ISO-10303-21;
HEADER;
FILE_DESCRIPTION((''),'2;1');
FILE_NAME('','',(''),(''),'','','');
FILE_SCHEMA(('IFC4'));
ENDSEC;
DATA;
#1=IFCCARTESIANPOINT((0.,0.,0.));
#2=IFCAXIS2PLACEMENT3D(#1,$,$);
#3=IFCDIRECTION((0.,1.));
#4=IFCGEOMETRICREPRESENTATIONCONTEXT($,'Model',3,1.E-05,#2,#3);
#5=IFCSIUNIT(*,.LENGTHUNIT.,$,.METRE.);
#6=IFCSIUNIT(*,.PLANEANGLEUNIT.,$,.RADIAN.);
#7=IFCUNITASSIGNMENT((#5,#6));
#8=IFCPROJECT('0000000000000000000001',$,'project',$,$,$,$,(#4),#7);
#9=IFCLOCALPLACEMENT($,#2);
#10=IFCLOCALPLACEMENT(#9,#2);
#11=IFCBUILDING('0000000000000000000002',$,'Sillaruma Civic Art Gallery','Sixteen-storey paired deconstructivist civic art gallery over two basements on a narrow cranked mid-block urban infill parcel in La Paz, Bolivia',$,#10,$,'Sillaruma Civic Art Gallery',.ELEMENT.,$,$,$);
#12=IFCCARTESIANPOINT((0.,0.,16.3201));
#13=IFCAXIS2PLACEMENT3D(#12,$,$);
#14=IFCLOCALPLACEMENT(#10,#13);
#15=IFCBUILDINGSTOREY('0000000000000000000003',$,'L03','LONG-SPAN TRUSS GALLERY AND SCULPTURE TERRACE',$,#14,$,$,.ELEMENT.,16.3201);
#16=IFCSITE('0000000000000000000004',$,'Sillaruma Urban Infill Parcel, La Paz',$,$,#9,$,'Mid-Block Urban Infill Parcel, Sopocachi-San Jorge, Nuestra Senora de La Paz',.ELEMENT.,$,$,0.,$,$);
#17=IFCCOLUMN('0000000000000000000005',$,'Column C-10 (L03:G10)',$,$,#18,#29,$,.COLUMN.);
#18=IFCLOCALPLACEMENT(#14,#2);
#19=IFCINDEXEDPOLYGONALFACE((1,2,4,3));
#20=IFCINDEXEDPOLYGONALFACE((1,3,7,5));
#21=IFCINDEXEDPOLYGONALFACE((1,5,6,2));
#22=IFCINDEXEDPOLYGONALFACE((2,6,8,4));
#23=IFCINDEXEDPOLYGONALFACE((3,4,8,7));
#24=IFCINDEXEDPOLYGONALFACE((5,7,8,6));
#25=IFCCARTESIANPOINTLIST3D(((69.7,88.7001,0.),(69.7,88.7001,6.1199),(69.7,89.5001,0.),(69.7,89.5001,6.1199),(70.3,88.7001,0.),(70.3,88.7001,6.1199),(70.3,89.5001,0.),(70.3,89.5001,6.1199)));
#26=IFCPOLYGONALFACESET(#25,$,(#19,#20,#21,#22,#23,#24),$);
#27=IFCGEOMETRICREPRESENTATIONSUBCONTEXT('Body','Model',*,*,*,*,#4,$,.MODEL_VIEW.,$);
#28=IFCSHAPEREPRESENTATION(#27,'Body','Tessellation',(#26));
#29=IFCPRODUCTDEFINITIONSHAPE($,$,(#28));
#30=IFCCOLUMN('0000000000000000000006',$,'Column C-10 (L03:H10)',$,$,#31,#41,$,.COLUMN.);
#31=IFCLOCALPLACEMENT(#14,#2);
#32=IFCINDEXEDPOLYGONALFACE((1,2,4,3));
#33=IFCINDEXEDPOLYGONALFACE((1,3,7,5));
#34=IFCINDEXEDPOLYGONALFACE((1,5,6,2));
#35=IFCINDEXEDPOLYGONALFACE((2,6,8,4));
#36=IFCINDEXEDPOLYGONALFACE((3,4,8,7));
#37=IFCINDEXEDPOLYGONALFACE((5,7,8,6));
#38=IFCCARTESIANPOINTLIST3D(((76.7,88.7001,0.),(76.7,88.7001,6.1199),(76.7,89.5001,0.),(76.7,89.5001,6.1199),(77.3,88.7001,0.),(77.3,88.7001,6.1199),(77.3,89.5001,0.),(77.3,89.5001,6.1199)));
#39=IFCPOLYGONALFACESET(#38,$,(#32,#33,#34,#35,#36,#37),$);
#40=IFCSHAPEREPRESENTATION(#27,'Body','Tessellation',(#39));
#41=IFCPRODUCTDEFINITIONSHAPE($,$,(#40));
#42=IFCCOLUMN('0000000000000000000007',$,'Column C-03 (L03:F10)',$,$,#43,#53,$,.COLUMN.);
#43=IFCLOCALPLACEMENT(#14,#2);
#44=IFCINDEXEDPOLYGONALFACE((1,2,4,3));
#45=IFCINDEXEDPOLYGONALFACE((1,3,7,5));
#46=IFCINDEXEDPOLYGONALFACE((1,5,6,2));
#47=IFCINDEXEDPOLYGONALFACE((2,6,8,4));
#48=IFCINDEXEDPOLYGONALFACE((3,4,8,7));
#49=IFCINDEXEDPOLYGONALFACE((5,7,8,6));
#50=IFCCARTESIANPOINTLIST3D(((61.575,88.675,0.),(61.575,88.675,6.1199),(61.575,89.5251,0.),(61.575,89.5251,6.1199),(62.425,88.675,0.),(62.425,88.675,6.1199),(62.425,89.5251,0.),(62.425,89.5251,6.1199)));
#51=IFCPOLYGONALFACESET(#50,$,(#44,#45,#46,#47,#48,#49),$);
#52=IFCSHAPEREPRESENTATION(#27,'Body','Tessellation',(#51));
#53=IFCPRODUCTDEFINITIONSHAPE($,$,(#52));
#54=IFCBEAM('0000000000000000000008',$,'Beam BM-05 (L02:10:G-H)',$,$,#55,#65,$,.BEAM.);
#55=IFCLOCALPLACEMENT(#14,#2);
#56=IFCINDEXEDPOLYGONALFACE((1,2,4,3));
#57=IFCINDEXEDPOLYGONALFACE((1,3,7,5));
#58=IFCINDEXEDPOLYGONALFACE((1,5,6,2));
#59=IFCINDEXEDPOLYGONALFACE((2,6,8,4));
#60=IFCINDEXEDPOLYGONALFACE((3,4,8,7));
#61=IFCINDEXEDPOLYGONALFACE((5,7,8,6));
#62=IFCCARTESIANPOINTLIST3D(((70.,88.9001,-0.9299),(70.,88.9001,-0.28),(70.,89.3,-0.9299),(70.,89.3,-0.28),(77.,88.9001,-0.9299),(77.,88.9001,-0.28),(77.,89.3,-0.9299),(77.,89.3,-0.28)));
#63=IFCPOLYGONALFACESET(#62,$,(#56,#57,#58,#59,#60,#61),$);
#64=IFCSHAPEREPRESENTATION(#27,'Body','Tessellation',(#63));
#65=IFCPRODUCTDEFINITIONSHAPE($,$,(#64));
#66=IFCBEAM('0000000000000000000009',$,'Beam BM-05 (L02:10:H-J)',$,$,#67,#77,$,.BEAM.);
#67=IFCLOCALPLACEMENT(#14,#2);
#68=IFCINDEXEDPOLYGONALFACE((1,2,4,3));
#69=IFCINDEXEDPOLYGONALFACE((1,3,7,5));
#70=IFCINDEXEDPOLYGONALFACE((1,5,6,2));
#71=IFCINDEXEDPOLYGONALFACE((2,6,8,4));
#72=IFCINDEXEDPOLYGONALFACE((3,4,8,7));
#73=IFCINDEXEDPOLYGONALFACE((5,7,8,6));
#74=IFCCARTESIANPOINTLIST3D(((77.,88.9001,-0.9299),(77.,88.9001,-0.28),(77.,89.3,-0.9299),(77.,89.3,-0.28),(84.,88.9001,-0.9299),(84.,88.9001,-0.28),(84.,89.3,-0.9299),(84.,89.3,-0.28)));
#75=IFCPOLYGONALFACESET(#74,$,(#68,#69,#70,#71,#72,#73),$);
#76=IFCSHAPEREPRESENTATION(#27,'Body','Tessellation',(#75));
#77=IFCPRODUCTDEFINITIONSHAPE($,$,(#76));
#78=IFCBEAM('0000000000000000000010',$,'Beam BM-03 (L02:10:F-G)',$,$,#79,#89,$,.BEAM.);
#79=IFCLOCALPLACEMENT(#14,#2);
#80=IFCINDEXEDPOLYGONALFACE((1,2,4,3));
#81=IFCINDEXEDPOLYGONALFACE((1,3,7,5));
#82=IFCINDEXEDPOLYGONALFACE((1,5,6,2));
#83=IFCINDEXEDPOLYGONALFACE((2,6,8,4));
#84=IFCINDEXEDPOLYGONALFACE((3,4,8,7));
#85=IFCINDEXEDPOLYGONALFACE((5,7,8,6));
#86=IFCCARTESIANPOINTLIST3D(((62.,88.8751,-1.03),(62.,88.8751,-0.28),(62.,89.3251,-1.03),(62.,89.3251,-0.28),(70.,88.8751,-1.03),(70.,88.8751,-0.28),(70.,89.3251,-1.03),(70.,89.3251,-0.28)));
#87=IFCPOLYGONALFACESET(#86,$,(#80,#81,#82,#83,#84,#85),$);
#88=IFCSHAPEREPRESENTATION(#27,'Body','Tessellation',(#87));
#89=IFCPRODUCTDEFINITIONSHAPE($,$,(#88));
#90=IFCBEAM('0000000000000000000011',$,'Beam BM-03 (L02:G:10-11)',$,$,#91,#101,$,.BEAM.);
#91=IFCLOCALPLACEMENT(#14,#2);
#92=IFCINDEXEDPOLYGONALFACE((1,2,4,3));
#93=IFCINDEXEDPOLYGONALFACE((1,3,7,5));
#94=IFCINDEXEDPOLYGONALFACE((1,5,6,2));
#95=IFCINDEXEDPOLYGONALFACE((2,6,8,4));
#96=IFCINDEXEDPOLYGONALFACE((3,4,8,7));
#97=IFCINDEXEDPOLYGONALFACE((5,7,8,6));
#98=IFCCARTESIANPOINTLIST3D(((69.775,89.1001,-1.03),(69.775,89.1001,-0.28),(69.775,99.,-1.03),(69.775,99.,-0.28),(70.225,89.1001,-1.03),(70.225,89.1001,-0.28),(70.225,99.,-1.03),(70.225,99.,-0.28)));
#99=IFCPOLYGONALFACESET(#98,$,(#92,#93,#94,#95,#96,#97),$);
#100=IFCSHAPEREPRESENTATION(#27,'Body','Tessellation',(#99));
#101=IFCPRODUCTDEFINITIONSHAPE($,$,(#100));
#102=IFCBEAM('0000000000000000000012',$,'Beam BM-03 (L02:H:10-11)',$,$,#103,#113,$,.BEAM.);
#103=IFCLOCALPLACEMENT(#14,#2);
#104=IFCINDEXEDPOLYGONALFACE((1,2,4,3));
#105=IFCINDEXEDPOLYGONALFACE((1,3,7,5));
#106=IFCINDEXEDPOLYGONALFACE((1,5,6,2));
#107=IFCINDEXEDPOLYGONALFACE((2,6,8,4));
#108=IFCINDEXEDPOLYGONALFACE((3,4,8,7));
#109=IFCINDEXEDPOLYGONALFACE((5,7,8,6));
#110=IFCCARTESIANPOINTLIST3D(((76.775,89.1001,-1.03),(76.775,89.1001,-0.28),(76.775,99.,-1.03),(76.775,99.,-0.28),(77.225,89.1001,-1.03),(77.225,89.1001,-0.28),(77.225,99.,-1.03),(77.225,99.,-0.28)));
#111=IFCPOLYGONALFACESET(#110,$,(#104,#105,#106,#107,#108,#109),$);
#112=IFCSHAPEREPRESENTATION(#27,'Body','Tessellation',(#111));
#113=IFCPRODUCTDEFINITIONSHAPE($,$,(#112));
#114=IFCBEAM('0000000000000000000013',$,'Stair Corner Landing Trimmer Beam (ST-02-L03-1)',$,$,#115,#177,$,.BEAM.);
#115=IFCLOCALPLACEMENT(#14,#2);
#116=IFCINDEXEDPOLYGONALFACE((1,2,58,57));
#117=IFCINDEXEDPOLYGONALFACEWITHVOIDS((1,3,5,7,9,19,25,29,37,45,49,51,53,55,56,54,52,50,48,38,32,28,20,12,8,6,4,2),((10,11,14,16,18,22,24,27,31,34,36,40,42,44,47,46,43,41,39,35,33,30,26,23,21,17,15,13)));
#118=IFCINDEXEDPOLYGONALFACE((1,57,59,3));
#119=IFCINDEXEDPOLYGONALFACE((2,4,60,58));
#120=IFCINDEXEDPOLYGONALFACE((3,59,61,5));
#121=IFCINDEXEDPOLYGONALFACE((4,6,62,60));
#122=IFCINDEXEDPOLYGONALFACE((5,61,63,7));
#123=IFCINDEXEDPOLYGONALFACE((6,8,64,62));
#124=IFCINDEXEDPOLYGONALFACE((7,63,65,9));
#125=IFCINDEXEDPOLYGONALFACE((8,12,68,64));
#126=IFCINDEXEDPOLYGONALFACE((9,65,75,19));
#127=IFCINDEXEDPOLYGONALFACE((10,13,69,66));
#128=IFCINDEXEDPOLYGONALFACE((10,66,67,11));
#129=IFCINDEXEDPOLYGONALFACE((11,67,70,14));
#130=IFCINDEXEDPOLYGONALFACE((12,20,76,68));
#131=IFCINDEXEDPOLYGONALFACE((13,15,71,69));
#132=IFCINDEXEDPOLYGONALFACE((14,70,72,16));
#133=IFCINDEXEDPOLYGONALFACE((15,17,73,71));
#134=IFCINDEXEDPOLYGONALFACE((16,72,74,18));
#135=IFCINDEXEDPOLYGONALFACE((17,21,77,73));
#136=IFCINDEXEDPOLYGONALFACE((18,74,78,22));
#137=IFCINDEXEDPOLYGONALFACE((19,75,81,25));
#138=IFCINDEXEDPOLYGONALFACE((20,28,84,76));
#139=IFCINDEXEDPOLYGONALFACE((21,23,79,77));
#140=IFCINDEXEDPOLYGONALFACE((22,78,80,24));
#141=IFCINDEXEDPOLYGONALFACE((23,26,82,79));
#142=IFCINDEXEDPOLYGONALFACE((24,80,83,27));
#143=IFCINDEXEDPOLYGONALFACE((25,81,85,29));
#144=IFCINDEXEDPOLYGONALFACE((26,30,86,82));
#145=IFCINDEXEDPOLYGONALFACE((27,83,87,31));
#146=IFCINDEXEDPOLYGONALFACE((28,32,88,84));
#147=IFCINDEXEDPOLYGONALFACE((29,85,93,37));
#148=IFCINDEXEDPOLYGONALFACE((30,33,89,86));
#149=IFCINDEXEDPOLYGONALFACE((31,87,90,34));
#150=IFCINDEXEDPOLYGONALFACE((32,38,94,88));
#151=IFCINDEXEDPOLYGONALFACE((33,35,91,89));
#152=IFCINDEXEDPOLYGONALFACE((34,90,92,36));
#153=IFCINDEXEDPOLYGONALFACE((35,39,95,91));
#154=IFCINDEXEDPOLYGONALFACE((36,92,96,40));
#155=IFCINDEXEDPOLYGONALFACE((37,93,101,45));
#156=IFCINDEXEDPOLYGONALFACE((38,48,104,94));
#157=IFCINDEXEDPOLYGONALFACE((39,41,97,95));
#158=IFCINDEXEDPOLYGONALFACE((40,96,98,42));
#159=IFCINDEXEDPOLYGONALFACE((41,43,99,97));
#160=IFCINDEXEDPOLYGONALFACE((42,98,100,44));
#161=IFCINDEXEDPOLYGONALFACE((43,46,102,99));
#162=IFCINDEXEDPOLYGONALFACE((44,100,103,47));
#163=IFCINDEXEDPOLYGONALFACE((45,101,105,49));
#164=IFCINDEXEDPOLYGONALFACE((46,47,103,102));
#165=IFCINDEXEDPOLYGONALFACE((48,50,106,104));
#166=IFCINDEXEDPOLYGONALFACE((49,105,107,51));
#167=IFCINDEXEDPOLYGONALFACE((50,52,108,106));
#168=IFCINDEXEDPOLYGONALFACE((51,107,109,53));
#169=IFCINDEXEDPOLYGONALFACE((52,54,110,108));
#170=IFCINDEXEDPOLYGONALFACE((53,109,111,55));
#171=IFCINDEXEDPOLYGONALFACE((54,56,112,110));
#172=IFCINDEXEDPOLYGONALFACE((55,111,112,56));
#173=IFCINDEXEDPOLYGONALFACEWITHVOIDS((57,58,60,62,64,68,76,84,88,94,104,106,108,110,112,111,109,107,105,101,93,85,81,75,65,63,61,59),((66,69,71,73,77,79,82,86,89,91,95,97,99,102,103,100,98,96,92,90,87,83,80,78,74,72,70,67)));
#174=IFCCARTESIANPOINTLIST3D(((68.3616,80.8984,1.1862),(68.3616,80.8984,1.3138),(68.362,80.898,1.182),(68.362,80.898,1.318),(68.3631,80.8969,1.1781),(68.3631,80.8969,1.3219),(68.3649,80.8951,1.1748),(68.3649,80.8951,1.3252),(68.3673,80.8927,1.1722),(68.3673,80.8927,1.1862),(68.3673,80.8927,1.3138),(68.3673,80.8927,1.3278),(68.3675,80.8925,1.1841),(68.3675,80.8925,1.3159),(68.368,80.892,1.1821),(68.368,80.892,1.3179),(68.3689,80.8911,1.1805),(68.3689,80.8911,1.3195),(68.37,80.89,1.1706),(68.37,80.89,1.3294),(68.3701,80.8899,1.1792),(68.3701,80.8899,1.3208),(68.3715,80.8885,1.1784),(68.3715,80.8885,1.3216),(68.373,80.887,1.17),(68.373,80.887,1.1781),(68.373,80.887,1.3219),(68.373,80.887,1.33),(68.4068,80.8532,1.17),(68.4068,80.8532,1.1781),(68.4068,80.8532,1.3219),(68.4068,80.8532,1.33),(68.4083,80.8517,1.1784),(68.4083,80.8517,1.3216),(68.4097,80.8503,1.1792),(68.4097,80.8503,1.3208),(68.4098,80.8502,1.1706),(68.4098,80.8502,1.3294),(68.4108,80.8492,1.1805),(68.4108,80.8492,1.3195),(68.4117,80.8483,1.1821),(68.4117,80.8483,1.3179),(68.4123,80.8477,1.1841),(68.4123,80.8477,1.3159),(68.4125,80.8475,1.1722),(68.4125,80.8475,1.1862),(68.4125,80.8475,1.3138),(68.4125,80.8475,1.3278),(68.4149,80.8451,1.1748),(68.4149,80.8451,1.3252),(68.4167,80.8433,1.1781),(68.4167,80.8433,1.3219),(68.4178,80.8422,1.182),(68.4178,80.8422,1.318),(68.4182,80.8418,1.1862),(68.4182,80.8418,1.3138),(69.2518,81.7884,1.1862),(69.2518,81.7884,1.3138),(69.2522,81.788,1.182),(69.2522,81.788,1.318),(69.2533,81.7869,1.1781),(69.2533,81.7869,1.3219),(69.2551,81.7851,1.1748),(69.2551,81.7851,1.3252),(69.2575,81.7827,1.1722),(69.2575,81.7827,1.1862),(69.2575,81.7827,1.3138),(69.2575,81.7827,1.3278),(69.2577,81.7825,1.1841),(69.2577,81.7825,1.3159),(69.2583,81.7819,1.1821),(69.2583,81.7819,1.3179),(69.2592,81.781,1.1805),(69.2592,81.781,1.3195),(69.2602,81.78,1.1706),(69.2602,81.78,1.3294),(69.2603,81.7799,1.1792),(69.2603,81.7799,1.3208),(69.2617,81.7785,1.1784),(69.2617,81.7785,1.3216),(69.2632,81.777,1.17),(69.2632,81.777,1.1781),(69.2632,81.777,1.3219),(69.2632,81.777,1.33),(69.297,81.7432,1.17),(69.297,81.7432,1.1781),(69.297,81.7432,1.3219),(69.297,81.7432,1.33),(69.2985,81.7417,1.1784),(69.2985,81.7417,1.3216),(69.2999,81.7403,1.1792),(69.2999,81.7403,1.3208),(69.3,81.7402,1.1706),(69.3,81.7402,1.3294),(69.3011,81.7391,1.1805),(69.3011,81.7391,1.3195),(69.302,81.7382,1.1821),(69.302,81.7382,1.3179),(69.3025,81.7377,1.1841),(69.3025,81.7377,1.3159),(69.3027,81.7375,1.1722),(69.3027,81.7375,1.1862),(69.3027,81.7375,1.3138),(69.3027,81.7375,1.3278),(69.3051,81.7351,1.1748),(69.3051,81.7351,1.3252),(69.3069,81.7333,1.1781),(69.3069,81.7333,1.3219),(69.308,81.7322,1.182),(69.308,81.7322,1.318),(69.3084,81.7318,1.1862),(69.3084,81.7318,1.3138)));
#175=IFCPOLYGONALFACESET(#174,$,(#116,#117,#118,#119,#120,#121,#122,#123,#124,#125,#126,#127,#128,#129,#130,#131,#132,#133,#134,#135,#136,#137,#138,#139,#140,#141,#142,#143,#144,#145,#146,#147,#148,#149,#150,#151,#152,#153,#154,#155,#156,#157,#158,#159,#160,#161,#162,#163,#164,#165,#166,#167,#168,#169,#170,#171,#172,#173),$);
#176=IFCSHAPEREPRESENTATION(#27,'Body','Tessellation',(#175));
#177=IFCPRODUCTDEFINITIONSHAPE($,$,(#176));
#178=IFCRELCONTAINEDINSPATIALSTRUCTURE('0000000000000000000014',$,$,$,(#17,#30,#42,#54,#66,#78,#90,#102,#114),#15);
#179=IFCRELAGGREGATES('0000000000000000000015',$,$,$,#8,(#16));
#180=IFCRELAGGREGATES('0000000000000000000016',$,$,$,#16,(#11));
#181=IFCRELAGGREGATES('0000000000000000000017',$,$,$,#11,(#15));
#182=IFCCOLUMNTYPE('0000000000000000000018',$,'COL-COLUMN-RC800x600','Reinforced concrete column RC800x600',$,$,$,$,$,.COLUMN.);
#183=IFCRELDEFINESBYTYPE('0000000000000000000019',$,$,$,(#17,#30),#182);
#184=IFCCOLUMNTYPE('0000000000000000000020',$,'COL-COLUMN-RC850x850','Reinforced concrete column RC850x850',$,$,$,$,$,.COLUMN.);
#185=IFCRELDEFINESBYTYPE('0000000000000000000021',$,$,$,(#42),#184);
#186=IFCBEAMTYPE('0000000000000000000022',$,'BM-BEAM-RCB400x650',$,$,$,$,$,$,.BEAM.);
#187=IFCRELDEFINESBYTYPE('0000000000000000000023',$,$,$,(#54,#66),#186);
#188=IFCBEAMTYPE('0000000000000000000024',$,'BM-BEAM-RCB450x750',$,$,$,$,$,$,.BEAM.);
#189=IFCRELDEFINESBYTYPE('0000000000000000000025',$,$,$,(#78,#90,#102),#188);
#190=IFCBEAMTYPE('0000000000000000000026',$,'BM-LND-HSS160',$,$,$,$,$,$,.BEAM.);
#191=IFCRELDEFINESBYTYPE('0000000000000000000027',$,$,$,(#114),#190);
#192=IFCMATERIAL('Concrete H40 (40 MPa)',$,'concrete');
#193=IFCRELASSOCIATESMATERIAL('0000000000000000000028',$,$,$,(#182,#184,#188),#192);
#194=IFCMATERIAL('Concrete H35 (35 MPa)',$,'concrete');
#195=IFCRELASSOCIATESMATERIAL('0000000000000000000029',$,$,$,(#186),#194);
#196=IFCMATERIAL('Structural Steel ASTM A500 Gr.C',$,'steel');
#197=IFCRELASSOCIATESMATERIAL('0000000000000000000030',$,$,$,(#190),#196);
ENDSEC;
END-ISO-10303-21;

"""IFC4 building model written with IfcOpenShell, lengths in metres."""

from ifc_helpers import new_model, si_unit, direction, frame, origin, origin_2d, place, context, subcontext, project, spatial, rectangle, hollow_rectangle, extrude, material, material_profile, profile_set, type_object, element, save


model = new_model("IFC4")

# Units and contexts
model_context = context("Model", 3, precision=1e-05, world=origin(), true_north=direction((0.0, 1.0)))
body_context = subcontext(model_context, "Body", "Model", "MODEL_VIEW")
ifc_project = project(units=[si_unit("LENGTHUNIT", "METRE"), si_unit("PLANEANGLEUNIT", "RADIAN")], contexts=[model_context])

# Site, building, storey
site_placement = place(None, origin())
site = spatial("IfcSite", under=ifc_project, at=site_placement, Name="Sillaruma Urban Infill Parcel, La Paz", LongName="Mid-Block Urban Infill Parcel, Sopocachi-San Jorge, Nuestra Senora de La Paz", CompositionType="ELEMENT", RefElevation=0.0)
building_placement = place(site_placement, origin())
building = spatial("IfcBuilding", under=site, at=building_placement, Name="Sillaruma Civic Art Gallery", Description="Sixteen-storey paired deconstructivist civic art gallery over two basements on a narrow cranked mid-block urban infill parcel in La Paz, Bolivia", LongName="Sillaruma Civic Art Gallery", CompositionType="ELEMENT")
storey_placement = place(building_placement, frame((0.0, 0.0, 16.3201)))
storey = spatial("IfcBuildingStorey", under=building, at=storey_placement, Name="L03", Description="LONG-SPAN TRUSS GALLERY AND SCULPTURE TERRACE", CompositionType="ELEMENT", Elevation=16.3201)

# Columns
ifc_material_1 = material(Name="Concrete H40 (40 MPa)", Category="concrete")
ifc_material_profile_1 = material_profile(ifc_material_1, rectangle(XDim=0.6001, YDim=0.8, at=origin_2d()), Name="RC800x600")
ifc_profile_set_1 = profile_set([ifc_material_profile_1], Name="Concrete H40 (40 MPa)")
column_type_1 = type_object("IfcColumnType", Name="COL-COLUMN-RC800x600", Description="Reinforced concrete column RC800x600", PredefinedType="COLUMN", material=ifc_profile_set_1)
for number, where, z_axis, x_axis, name in (
    (1, (70.0, 89.1001, 0.0), (0.0, 0.0, 1.0), (1.0, 0.0, 0.0), "Column C-10 (L03:G10)"),
    (2, (77.0, 89.1001, 0.0), (0.0, 0.0, 1.0), (1.0, 0.0, 0.0), "Column C-10 (L03:H10)"),
):
    element("IfcColumn", number, at=place(storey_placement, frame(where, z_axis=z_axis, x_axis=x_axis)), inside=storey, type_object=column_type_1, Name=name, PredefinedType="COLUMN", context=body_context, shape_type="SweptSolid", body=[
        extrude(rectangle(XDim=0.6001, YDim=0.8, at=origin_2d()), origin(), (0.0, 0.0, 1.0), 6.1199),
    ])
ifc_material_profile_2 = material_profile(ifc_material_1, rectangle(XDim=0.8501, YDim=0.8501, at=origin_2d()), Name="RC850x850")
ifc_profile_set_2 = profile_set([ifc_material_profile_2], Name="Concrete H40 (40 MPa)")
column_type_2 = type_object("IfcColumnType", Name="COL-COLUMN-RC850x850", Description="Reinforced concrete column RC850x850", PredefinedType="COLUMN", material=ifc_profile_set_2)
column_placement = place(storey_placement, frame((62.0, 89.1001, 0.0), z_axis=(0.0, 0.0, 1.0), x_axis=(1.0, 0.0, 0.0)))
element("IfcColumn", 3, at=column_placement, inside=storey, type_object=column_type_2, Name="Column C-03 (L03:F10)", PredefinedType="COLUMN", context=body_context, shape_type="SweptSolid", body=[
    extrude(rectangle(XDim=0.8501, YDim=0.8501, at=origin_2d()), origin(), (0.0, 0.0, 1.0), 6.1199),
])

# Beams
ifc_material_2 = material(Name="Concrete H35 (35 MPa)", Category="concrete")
ifc_material_profile_3 = material_profile(ifc_material_2, rectangle(XDim=0.3999, YDim=0.6499, at=origin_2d()), Name="RCB400x650")
ifc_profile_set_3 = profile_set([ifc_material_profile_3], Name="Concrete H35 (35 MPa)")
beam_type_1 = type_object("IfcBeamType", Name="BM-BEAM-RCB400x650", PredefinedType="BEAM", material=ifc_profile_set_3)
for number, where, z_axis, x_axis, name in (
    (4, (70.0, 89.1001, -0.605), (1.0, 0.0, 0.0), (0.0, 1.0, 0.0), "Beam BM-05 (L02:10:G-H)"),
    (5, (77.0, 89.1001, -0.605), (1.0, 0.0, 0.0), (0.0, 1.0, 0.0), "Beam BM-05 (L02:10:H-J)"),
):
    element("IfcBeam", number, at=place(storey_placement, frame(where, z_axis=z_axis, x_axis=x_axis)), inside=storey, type_object=beam_type_1, Name=name, PredefinedType="BEAM", context=body_context, shape_type="SweptSolid", body=[
        extrude(rectangle(XDim=0.3999, YDim=0.6499, at=origin_2d()), origin(), (0.0, 0.0, 1.0), 7.0),
    ])
ifc_material_profile_4 = material_profile(ifc_material_1, rectangle(XDim=0.45, YDim=0.75, at=origin_2d()), Name="RCB450x750")
ifc_profile_set_4 = profile_set([ifc_material_profile_4], Name="Concrete H40 (40 MPa)")
beam_type_2 = type_object("IfcBeamType", Name="BM-BEAM-RCB450x750", PredefinedType="BEAM", material=ifc_profile_set_4)
beam_1_placement = place(storey_placement, frame((62.0, 89.1001, -0.655), z_axis=(1.0, 0.0, 0.0), x_axis=(0.0, 1.0, 0.0)))
element("IfcBeam", 6, at=beam_1_placement, inside=storey, type_object=beam_type_2, Name="Beam BM-03 (L02:10:F-G)", PredefinedType="BEAM", context=body_context, shape_type="SweptSolid", body=[
    extrude(rectangle(XDim=0.45, YDim=0.75, at=origin_2d()), origin(), (0.0, 0.0, 1.0), 8.0),
])
for number, where, z_axis, x_axis, name in (
    (7, (70.0, 89.1001, -0.655), (0.0, 1.0, 0.0), (-1.0, 0.0, 0.0), "Beam BM-03 (L02:G:10-11)"),
    (8, (77.0, 89.1001, -0.655), (0.0, 1.0, 0.0), (-1.0, 0.0, 0.0), "Beam BM-03 (L02:H:10-11)"),
):
    element("IfcBeam", number, at=place(storey_placement, frame(where, z_axis=z_axis, x_axis=x_axis)), inside=storey, type_object=beam_type_2, Name=name, PredefinedType="BEAM", context=body_context, shape_type="SweptSolid", body=[
        extrude(rectangle(XDim=0.45, YDim=0.75, at=origin_2d()), origin(), (0.0, 0.0, 1.0), 9.8999),
    ])
ifc_material_3 = material(Name="Structural Steel ASTM A500 Gr.C", Category="steel")
ifc_material_profile_5 = material_profile(ifc_material_3, hollow_rectangle(XDim=0.0801, YDim=0.1599, WallThickness=0.0081, InnerFilletRadius=0.0081, OuterFilletRadius=0.0161, at=origin_2d()), Name="HSS160x80x8")
ifc_profile_set_5 = profile_set([ifc_material_profile_5], Name="Structural Steel ASTM A500 Gr.C")
beam_type_3 = type_object("IfcBeamType", Name="BM-LND-HSS160", PredefinedType="BEAM", material=ifc_profile_set_5)
for number, where, z_axis, x_axis, name in (
    (9, (68.3899, 80.8701, 1.25), (0.707204, 0.70701, 0.0), (-0.70701, 0.707204, 0.0), "Stair Corner Landing Trimmer Beam (ST-02-L03-1)"),
):
    element("IfcBeam", number, at=place(storey_placement, frame(where, z_axis=z_axis, x_axis=x_axis)), inside=storey, type_object=beam_type_3, Name=name, PredefinedType="BEAM", context=body_context, shape_type="SweptSolid", body=[
        extrude(hollow_rectangle(XDim=0.0801, YDim=0.1599, WallThickness=0.0081, InnerFilletRadius=0.0081, OuterFilletRadius=0.0161, at=origin_2d()), origin(), (0.0, 0.0, 1.0), 1.2588),
    ])

save(model, "model.ifc")
